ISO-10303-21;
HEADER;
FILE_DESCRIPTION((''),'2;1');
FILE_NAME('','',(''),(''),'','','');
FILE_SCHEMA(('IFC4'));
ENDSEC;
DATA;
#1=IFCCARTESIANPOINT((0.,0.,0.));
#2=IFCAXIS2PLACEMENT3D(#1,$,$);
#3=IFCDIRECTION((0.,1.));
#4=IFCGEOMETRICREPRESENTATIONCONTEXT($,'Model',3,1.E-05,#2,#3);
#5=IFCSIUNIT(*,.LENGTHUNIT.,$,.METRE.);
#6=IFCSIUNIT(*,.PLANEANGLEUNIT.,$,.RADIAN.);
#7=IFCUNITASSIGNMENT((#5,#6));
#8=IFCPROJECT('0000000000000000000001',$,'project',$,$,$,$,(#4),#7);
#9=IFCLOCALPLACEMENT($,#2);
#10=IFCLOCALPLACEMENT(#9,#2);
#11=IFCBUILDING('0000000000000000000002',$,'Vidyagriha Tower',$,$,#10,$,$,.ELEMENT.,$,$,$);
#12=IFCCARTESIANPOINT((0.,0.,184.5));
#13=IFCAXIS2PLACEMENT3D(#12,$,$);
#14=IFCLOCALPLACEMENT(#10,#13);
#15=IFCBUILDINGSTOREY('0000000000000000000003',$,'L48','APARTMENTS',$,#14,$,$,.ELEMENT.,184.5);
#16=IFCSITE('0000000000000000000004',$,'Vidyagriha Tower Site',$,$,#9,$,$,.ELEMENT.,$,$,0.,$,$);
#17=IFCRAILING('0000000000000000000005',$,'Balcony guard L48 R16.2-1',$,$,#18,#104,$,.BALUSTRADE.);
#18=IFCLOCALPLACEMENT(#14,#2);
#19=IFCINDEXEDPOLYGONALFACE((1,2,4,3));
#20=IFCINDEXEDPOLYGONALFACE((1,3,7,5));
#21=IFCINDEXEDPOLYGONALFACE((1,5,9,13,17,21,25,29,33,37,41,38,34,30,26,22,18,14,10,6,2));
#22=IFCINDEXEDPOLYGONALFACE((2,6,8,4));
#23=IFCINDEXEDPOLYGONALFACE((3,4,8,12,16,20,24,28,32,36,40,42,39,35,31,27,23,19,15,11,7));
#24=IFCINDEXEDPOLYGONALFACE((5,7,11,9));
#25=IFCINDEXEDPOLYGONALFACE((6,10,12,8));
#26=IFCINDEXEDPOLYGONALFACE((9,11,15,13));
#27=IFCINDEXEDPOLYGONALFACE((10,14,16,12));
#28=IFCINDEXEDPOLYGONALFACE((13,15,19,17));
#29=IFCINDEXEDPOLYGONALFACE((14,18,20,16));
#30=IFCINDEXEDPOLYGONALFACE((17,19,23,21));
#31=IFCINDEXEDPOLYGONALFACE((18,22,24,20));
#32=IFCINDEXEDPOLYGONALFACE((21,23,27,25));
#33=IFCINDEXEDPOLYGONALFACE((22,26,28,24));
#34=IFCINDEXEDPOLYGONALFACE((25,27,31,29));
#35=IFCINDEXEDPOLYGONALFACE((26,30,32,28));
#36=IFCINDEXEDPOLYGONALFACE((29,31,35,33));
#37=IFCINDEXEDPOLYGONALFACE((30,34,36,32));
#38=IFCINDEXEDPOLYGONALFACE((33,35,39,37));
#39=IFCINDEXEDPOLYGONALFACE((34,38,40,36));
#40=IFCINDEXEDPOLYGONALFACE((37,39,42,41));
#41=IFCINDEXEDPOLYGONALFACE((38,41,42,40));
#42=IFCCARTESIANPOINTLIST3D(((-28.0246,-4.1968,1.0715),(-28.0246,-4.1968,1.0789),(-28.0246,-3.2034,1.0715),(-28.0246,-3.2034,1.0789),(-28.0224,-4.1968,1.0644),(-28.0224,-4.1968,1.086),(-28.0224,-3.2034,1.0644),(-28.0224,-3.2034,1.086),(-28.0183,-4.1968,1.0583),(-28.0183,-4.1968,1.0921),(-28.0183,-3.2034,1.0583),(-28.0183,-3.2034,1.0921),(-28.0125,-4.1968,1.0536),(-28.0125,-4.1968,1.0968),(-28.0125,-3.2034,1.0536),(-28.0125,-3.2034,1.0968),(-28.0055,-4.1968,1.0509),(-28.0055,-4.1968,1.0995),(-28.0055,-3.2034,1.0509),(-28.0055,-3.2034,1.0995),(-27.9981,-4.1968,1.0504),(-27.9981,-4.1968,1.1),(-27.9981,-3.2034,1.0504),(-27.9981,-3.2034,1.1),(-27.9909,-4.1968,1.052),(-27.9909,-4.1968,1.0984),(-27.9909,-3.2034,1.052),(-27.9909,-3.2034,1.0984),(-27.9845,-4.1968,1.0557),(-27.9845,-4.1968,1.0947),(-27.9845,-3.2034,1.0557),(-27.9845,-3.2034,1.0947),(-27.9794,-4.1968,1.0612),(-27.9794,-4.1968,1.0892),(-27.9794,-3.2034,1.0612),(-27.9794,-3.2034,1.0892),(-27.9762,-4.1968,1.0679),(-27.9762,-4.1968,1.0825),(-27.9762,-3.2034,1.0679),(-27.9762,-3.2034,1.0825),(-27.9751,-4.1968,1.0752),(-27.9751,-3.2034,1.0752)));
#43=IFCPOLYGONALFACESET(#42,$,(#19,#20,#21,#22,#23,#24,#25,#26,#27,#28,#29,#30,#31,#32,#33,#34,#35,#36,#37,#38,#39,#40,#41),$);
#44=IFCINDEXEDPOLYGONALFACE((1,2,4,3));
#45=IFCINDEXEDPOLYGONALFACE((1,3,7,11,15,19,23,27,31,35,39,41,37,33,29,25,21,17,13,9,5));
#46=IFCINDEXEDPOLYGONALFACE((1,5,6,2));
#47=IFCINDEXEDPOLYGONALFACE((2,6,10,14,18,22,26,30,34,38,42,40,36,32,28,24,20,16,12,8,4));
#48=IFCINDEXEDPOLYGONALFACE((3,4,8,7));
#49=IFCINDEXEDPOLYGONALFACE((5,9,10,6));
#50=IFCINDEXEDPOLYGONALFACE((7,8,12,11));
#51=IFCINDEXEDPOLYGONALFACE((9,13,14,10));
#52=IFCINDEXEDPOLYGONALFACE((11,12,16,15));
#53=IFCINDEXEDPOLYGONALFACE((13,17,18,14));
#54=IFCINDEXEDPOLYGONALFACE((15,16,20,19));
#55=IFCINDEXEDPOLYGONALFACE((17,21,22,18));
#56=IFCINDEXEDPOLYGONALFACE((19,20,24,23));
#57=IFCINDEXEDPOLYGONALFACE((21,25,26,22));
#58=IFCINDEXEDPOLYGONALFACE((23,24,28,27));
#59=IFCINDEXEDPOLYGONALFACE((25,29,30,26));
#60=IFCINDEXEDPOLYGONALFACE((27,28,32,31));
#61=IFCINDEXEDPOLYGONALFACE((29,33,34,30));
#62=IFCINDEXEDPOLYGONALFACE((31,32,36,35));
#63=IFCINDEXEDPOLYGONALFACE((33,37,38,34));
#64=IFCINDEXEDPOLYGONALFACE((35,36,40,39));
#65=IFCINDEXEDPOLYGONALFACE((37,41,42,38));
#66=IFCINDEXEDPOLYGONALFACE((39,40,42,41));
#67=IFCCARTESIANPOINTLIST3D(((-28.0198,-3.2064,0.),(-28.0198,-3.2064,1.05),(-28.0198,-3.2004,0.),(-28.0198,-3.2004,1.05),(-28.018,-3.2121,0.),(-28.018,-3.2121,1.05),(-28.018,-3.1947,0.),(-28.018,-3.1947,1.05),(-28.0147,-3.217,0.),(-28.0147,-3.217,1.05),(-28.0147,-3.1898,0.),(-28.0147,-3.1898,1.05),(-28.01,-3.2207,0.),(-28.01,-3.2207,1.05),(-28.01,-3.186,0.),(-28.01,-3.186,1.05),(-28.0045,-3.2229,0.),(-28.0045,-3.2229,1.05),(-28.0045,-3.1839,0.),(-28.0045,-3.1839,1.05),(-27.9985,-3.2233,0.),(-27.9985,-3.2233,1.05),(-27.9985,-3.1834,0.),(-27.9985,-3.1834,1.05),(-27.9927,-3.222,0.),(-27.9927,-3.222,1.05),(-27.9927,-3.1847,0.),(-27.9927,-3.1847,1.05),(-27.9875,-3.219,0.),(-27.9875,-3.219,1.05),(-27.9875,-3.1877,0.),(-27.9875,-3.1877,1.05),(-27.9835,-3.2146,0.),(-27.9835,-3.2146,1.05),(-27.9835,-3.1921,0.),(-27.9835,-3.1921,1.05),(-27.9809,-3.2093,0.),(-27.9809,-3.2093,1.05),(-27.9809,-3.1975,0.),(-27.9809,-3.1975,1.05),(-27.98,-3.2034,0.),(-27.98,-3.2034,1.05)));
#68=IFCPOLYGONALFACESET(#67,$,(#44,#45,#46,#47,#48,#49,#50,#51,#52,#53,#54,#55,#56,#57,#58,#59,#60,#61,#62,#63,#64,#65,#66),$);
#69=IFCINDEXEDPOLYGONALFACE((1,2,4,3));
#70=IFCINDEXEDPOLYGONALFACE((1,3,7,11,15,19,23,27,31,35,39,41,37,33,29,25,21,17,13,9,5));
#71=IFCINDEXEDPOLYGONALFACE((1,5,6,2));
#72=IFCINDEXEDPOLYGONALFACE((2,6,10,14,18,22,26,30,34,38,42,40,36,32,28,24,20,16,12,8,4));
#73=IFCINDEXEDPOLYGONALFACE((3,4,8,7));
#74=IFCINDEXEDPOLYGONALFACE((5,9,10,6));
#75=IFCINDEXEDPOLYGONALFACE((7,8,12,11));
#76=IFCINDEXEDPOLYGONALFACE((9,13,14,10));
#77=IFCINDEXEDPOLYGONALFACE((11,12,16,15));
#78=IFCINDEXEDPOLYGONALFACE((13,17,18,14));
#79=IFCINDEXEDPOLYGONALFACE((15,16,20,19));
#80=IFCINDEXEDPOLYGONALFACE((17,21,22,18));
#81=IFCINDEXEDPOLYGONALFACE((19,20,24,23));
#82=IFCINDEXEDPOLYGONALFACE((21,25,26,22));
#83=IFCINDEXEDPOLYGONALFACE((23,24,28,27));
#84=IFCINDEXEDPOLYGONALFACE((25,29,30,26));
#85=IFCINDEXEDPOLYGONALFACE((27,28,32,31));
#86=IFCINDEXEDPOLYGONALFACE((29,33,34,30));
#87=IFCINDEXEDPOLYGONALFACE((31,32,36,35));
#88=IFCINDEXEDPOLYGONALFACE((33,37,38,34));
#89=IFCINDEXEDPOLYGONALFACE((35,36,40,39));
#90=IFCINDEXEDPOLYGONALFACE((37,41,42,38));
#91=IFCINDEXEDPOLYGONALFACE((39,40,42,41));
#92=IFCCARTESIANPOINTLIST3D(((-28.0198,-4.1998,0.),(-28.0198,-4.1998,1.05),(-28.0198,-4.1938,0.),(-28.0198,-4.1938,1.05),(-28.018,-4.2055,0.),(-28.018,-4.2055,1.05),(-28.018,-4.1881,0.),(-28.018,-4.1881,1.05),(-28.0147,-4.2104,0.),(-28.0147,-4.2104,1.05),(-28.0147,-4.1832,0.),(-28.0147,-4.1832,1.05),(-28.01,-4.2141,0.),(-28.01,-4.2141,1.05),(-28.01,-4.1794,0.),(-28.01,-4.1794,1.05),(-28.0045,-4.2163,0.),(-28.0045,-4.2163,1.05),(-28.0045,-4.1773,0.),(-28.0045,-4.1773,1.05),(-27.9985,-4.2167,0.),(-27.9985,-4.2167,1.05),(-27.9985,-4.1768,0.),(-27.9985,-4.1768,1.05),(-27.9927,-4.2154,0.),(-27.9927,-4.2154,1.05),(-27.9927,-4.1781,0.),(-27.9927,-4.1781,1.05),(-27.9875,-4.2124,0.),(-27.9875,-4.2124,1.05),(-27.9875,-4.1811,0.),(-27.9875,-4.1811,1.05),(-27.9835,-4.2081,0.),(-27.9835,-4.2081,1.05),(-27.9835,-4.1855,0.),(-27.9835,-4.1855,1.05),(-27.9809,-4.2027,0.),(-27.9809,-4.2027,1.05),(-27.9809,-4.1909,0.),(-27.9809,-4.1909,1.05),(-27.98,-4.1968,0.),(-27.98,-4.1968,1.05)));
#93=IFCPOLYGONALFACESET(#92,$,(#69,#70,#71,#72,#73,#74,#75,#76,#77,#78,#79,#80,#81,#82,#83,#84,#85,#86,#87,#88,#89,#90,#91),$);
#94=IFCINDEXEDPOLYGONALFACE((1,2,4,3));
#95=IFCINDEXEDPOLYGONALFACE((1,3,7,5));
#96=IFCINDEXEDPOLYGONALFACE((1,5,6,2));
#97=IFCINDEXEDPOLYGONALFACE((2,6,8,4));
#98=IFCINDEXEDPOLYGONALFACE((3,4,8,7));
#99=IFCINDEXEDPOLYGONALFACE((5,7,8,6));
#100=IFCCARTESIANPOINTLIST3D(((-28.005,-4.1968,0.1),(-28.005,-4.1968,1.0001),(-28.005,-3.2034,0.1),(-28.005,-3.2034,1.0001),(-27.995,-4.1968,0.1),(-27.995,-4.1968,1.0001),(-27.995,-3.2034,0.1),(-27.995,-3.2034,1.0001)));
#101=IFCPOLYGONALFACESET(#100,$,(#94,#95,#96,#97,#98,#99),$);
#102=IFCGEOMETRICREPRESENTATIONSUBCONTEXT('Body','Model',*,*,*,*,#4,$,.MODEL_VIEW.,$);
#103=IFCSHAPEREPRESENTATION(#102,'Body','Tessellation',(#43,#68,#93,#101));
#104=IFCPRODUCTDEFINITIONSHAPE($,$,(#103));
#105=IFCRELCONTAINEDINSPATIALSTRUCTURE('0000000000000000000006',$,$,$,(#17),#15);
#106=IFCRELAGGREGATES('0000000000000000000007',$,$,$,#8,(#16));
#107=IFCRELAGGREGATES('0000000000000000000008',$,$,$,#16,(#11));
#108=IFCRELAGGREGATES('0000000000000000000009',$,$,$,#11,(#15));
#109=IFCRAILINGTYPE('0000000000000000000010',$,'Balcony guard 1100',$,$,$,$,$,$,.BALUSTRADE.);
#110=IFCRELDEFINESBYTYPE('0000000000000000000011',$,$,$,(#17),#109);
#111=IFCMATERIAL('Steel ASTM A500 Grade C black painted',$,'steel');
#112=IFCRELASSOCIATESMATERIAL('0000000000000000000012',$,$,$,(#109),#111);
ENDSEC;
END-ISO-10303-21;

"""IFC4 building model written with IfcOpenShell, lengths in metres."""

from ifc_helpers import new_model, si_unit, direction, frame, origin, origin_2d, place, context, subcontext, project, spatial, rectangle, circle, extrude, material, type_object, element, save


model = new_model("IFC4")

# Units and contexts
model_context = context("Model", 3, precision=1e-05, world=origin(), true_north=direction((0.0, 1.0)))
body_context = subcontext(model_context, "Body", "Model", "MODEL_VIEW")
ifc_project = project(units=[si_unit("LENGTHUNIT", "METRE"), si_unit("PLANEANGLEUNIT", "RADIAN")], contexts=[model_context])

# Site, building, storey
site_placement = place(None, origin())
site = spatial("IfcSite", under=ifc_project, at=site_placement, Name="Vidyagriha Tower Site", CompositionType="ELEMENT", RefElevation=0.0)
building_placement = place(site_placement, origin())
building = spatial("IfcBuilding", under=site, at=building_placement, Name="Vidyagriha Tower", CompositionType="ELEMENT")
storey_placement = place(building_placement, frame((0.0, 0.0, 184.5)))
storey = spatial("IfcBuildingStorey", under=building, at=storey_placement, Name="L48", Description="APARTMENTS", CompositionType="ELEMENT", Elevation=184.5)

# Railing
ifc_material_1 = material(Name="Steel ASTM A500 Grade C black painted", Category="steel")
railing_type_1 = type_object("IfcRailingType", Name="Balcony guard 1100", PredefinedType="BALUSTRADE", material=ifc_material_1)
railing_1_placement = place(storey_placement, frame((-28.0, -3.2034, 0.0)))
element("IfcRailing", 1, at=railing_1_placement, inside=storey, type_object=railing_type_1, Name="Balcony guard L48 R16.2-1", PredefinedType="BALUSTRADE", context=body_context, shape_type="SweptSolid", body=[
    extrude(circle(Radius=0.0249, at=origin_2d()), frame((0.0, 0.0, 1.0752), z_axis=(0.0, -1.0, 0.0), x_axis=(1.0, 0.0, 0.0)), (0.0, 0.0, 1.0), 0.9934),
    extrude(circle(Radius=0.02, at=origin_2d()), origin(), (0.0, 0.0, 1.0), 1.05),
    extrude(circle(Radius=0.02, at=origin_2d()), frame((0.0, -0.9934, 0.0)), (0.0, 0.0, 1.0), 1.05),
    extrude(rectangle(XDim=0.01, YDim=0.9001, at=origin_2d()), frame((0.0, 0.0, 0.55), z_axis=(0.0, -1.0, 0.0), x_axis=(1.0, 0.0, 0.0)), (0.0, 0.0, 1.0), 0.9934),
])

save(model, "model.ifc")
